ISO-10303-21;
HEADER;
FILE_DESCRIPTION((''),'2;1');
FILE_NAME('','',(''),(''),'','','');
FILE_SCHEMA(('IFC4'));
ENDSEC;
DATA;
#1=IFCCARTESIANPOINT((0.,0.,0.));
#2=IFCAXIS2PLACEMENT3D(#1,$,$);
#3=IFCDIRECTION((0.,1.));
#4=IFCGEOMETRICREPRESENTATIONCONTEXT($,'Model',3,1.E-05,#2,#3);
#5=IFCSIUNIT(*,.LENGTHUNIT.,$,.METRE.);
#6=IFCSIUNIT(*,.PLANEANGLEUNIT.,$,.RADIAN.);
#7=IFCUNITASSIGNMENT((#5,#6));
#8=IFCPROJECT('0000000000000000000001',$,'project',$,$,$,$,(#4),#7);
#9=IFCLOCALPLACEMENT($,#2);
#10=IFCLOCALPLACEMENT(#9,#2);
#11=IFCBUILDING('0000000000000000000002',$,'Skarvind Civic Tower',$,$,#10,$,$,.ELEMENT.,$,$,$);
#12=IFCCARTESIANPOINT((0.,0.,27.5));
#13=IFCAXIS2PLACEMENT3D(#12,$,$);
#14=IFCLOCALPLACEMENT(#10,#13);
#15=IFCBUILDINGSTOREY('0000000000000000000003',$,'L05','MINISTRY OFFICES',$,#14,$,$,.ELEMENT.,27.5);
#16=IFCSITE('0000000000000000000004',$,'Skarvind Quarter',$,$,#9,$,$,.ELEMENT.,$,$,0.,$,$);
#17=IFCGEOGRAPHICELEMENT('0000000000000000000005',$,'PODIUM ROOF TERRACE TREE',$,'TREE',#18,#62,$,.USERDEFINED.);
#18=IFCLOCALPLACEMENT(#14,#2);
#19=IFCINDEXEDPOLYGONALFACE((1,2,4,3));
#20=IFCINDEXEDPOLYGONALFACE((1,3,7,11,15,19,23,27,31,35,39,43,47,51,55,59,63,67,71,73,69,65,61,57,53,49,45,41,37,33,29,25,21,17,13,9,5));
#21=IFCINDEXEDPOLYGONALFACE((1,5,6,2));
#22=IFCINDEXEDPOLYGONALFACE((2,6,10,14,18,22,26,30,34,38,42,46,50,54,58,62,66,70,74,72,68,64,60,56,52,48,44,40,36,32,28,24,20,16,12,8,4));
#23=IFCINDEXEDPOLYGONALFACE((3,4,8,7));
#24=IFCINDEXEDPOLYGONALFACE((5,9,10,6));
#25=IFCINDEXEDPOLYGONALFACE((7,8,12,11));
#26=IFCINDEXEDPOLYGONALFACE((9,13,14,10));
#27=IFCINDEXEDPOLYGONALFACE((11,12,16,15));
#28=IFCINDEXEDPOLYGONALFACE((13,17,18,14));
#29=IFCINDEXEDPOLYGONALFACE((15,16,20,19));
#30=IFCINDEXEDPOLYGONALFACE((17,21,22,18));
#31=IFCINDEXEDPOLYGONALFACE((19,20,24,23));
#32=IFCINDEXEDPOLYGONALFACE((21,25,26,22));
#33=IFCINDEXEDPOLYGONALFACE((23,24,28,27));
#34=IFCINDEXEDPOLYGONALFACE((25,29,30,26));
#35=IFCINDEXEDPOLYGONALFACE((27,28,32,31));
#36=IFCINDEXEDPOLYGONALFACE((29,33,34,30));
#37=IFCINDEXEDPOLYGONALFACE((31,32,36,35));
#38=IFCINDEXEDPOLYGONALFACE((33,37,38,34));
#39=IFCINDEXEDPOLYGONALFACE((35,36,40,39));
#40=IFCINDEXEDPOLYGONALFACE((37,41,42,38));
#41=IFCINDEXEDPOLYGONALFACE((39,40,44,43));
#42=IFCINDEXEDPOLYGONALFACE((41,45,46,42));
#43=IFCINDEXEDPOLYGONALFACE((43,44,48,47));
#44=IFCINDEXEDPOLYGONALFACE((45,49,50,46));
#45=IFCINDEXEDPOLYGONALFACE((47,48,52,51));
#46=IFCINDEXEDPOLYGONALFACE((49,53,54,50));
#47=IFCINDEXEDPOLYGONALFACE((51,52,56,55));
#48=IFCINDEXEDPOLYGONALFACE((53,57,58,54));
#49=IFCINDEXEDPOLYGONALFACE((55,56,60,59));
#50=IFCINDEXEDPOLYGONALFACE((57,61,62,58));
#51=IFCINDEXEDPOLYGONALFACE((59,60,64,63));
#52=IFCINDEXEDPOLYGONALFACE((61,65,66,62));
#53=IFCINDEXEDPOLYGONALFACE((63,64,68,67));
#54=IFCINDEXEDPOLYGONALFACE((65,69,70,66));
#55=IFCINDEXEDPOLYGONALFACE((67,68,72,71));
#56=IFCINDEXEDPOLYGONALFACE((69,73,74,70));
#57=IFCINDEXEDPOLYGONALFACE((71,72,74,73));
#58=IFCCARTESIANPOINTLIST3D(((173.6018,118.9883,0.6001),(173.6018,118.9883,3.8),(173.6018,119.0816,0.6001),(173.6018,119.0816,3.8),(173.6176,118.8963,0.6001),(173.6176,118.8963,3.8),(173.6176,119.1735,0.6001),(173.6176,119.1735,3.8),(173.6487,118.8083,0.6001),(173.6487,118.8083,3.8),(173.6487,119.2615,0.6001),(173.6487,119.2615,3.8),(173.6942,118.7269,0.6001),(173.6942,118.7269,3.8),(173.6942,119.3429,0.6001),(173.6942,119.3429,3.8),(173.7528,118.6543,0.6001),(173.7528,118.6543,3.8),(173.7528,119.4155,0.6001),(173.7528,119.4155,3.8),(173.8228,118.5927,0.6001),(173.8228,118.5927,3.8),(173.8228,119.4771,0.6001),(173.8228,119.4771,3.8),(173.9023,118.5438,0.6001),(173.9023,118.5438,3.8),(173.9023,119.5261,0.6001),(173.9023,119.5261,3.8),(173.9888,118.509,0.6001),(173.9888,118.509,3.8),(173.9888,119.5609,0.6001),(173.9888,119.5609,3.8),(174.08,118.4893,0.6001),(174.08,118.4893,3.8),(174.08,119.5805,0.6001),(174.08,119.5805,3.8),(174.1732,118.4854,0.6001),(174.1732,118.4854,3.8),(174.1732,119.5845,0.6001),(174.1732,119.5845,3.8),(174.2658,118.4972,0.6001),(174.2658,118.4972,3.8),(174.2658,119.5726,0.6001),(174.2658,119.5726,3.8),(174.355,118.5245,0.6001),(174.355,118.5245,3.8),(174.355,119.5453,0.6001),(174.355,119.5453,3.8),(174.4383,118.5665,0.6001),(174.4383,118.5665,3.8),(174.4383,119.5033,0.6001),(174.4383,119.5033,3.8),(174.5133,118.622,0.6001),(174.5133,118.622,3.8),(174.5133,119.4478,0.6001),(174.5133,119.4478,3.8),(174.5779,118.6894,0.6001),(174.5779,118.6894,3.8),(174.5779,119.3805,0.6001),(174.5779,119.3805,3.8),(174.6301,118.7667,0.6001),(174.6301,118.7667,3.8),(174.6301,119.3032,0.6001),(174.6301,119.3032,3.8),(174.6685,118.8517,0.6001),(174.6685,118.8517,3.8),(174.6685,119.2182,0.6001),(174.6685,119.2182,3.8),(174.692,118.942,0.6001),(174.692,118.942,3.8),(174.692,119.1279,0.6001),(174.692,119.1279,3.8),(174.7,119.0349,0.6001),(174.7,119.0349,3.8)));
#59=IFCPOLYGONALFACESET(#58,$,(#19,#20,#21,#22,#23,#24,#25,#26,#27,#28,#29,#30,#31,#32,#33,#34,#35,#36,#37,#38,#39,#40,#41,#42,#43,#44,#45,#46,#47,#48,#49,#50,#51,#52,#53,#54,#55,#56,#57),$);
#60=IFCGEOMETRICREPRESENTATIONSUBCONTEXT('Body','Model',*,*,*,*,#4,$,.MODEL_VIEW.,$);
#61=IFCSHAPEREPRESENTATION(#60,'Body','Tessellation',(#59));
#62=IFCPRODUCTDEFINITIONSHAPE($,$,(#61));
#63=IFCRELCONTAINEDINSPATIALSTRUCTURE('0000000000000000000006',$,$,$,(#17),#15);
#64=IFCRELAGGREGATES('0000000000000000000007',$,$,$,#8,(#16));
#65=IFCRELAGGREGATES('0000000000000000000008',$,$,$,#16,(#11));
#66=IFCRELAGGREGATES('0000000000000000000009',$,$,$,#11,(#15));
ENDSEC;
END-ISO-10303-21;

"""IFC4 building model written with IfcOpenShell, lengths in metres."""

from ifc_helpers import new_model, si_unit, direction, frame, origin, origin_2d, place, context, subcontext, project, spatial, circle, extrude, element, save


model = new_model("IFC4")

# Units and contexts
model_context = context("Model", 3, precision=1e-05, world=origin(), true_north=direction((0.0, 1.0)))
body_context = subcontext(model_context, "Body", "Model", "MODEL_VIEW")
ifc_project = project(units=[si_unit("LENGTHUNIT", "METRE"), si_unit("PLANEANGLEUNIT", "RADIAN")], contexts=[model_context])

# Site, building, storey
site_placement = place(None, origin())
site = spatial("IfcSite", under=ifc_project, at=site_placement, Name="Skarvind Quarter", CompositionType="ELEMENT", RefElevation=0.0)
building_placement = place(site_placement, origin())
building = spatial("IfcBuilding", under=site, at=building_placement, Name="Skarvind Civic Tower", CompositionType="ELEMENT")
storey_placement = place(building_placement, frame((0.0, 0.0, 27.5)))
storey = spatial("IfcBuildingStorey", under=building, at=storey_placement, Name="L05", Description="MINISTRY OFFICES", CompositionType="ELEMENT", Elevation=27.5)

# Geographic element
for number, where, z_axis, x_axis, name in (
    (1, (174.1499, 119.0349, 0.6001), (0.0, 0.0, 1.0), (1.0, 0.0, 0.0), "PODIUM ROOF TERRACE TREE"),
):
    element("IfcGeographicElement", number, at=place(storey_placement, frame(where, z_axis=z_axis, x_axis=x_axis)), inside=storey, Name=name, ObjectType="TREE", PredefinedType="USERDEFINED", context=body_context, shape_type="SweptSolid", body=[
        extrude(circle(Radius=0.55, at=origin_2d()), origin(), (0.0, 0.0, 1.0), 3.2),
    ])

save(model, "model.ifc")
